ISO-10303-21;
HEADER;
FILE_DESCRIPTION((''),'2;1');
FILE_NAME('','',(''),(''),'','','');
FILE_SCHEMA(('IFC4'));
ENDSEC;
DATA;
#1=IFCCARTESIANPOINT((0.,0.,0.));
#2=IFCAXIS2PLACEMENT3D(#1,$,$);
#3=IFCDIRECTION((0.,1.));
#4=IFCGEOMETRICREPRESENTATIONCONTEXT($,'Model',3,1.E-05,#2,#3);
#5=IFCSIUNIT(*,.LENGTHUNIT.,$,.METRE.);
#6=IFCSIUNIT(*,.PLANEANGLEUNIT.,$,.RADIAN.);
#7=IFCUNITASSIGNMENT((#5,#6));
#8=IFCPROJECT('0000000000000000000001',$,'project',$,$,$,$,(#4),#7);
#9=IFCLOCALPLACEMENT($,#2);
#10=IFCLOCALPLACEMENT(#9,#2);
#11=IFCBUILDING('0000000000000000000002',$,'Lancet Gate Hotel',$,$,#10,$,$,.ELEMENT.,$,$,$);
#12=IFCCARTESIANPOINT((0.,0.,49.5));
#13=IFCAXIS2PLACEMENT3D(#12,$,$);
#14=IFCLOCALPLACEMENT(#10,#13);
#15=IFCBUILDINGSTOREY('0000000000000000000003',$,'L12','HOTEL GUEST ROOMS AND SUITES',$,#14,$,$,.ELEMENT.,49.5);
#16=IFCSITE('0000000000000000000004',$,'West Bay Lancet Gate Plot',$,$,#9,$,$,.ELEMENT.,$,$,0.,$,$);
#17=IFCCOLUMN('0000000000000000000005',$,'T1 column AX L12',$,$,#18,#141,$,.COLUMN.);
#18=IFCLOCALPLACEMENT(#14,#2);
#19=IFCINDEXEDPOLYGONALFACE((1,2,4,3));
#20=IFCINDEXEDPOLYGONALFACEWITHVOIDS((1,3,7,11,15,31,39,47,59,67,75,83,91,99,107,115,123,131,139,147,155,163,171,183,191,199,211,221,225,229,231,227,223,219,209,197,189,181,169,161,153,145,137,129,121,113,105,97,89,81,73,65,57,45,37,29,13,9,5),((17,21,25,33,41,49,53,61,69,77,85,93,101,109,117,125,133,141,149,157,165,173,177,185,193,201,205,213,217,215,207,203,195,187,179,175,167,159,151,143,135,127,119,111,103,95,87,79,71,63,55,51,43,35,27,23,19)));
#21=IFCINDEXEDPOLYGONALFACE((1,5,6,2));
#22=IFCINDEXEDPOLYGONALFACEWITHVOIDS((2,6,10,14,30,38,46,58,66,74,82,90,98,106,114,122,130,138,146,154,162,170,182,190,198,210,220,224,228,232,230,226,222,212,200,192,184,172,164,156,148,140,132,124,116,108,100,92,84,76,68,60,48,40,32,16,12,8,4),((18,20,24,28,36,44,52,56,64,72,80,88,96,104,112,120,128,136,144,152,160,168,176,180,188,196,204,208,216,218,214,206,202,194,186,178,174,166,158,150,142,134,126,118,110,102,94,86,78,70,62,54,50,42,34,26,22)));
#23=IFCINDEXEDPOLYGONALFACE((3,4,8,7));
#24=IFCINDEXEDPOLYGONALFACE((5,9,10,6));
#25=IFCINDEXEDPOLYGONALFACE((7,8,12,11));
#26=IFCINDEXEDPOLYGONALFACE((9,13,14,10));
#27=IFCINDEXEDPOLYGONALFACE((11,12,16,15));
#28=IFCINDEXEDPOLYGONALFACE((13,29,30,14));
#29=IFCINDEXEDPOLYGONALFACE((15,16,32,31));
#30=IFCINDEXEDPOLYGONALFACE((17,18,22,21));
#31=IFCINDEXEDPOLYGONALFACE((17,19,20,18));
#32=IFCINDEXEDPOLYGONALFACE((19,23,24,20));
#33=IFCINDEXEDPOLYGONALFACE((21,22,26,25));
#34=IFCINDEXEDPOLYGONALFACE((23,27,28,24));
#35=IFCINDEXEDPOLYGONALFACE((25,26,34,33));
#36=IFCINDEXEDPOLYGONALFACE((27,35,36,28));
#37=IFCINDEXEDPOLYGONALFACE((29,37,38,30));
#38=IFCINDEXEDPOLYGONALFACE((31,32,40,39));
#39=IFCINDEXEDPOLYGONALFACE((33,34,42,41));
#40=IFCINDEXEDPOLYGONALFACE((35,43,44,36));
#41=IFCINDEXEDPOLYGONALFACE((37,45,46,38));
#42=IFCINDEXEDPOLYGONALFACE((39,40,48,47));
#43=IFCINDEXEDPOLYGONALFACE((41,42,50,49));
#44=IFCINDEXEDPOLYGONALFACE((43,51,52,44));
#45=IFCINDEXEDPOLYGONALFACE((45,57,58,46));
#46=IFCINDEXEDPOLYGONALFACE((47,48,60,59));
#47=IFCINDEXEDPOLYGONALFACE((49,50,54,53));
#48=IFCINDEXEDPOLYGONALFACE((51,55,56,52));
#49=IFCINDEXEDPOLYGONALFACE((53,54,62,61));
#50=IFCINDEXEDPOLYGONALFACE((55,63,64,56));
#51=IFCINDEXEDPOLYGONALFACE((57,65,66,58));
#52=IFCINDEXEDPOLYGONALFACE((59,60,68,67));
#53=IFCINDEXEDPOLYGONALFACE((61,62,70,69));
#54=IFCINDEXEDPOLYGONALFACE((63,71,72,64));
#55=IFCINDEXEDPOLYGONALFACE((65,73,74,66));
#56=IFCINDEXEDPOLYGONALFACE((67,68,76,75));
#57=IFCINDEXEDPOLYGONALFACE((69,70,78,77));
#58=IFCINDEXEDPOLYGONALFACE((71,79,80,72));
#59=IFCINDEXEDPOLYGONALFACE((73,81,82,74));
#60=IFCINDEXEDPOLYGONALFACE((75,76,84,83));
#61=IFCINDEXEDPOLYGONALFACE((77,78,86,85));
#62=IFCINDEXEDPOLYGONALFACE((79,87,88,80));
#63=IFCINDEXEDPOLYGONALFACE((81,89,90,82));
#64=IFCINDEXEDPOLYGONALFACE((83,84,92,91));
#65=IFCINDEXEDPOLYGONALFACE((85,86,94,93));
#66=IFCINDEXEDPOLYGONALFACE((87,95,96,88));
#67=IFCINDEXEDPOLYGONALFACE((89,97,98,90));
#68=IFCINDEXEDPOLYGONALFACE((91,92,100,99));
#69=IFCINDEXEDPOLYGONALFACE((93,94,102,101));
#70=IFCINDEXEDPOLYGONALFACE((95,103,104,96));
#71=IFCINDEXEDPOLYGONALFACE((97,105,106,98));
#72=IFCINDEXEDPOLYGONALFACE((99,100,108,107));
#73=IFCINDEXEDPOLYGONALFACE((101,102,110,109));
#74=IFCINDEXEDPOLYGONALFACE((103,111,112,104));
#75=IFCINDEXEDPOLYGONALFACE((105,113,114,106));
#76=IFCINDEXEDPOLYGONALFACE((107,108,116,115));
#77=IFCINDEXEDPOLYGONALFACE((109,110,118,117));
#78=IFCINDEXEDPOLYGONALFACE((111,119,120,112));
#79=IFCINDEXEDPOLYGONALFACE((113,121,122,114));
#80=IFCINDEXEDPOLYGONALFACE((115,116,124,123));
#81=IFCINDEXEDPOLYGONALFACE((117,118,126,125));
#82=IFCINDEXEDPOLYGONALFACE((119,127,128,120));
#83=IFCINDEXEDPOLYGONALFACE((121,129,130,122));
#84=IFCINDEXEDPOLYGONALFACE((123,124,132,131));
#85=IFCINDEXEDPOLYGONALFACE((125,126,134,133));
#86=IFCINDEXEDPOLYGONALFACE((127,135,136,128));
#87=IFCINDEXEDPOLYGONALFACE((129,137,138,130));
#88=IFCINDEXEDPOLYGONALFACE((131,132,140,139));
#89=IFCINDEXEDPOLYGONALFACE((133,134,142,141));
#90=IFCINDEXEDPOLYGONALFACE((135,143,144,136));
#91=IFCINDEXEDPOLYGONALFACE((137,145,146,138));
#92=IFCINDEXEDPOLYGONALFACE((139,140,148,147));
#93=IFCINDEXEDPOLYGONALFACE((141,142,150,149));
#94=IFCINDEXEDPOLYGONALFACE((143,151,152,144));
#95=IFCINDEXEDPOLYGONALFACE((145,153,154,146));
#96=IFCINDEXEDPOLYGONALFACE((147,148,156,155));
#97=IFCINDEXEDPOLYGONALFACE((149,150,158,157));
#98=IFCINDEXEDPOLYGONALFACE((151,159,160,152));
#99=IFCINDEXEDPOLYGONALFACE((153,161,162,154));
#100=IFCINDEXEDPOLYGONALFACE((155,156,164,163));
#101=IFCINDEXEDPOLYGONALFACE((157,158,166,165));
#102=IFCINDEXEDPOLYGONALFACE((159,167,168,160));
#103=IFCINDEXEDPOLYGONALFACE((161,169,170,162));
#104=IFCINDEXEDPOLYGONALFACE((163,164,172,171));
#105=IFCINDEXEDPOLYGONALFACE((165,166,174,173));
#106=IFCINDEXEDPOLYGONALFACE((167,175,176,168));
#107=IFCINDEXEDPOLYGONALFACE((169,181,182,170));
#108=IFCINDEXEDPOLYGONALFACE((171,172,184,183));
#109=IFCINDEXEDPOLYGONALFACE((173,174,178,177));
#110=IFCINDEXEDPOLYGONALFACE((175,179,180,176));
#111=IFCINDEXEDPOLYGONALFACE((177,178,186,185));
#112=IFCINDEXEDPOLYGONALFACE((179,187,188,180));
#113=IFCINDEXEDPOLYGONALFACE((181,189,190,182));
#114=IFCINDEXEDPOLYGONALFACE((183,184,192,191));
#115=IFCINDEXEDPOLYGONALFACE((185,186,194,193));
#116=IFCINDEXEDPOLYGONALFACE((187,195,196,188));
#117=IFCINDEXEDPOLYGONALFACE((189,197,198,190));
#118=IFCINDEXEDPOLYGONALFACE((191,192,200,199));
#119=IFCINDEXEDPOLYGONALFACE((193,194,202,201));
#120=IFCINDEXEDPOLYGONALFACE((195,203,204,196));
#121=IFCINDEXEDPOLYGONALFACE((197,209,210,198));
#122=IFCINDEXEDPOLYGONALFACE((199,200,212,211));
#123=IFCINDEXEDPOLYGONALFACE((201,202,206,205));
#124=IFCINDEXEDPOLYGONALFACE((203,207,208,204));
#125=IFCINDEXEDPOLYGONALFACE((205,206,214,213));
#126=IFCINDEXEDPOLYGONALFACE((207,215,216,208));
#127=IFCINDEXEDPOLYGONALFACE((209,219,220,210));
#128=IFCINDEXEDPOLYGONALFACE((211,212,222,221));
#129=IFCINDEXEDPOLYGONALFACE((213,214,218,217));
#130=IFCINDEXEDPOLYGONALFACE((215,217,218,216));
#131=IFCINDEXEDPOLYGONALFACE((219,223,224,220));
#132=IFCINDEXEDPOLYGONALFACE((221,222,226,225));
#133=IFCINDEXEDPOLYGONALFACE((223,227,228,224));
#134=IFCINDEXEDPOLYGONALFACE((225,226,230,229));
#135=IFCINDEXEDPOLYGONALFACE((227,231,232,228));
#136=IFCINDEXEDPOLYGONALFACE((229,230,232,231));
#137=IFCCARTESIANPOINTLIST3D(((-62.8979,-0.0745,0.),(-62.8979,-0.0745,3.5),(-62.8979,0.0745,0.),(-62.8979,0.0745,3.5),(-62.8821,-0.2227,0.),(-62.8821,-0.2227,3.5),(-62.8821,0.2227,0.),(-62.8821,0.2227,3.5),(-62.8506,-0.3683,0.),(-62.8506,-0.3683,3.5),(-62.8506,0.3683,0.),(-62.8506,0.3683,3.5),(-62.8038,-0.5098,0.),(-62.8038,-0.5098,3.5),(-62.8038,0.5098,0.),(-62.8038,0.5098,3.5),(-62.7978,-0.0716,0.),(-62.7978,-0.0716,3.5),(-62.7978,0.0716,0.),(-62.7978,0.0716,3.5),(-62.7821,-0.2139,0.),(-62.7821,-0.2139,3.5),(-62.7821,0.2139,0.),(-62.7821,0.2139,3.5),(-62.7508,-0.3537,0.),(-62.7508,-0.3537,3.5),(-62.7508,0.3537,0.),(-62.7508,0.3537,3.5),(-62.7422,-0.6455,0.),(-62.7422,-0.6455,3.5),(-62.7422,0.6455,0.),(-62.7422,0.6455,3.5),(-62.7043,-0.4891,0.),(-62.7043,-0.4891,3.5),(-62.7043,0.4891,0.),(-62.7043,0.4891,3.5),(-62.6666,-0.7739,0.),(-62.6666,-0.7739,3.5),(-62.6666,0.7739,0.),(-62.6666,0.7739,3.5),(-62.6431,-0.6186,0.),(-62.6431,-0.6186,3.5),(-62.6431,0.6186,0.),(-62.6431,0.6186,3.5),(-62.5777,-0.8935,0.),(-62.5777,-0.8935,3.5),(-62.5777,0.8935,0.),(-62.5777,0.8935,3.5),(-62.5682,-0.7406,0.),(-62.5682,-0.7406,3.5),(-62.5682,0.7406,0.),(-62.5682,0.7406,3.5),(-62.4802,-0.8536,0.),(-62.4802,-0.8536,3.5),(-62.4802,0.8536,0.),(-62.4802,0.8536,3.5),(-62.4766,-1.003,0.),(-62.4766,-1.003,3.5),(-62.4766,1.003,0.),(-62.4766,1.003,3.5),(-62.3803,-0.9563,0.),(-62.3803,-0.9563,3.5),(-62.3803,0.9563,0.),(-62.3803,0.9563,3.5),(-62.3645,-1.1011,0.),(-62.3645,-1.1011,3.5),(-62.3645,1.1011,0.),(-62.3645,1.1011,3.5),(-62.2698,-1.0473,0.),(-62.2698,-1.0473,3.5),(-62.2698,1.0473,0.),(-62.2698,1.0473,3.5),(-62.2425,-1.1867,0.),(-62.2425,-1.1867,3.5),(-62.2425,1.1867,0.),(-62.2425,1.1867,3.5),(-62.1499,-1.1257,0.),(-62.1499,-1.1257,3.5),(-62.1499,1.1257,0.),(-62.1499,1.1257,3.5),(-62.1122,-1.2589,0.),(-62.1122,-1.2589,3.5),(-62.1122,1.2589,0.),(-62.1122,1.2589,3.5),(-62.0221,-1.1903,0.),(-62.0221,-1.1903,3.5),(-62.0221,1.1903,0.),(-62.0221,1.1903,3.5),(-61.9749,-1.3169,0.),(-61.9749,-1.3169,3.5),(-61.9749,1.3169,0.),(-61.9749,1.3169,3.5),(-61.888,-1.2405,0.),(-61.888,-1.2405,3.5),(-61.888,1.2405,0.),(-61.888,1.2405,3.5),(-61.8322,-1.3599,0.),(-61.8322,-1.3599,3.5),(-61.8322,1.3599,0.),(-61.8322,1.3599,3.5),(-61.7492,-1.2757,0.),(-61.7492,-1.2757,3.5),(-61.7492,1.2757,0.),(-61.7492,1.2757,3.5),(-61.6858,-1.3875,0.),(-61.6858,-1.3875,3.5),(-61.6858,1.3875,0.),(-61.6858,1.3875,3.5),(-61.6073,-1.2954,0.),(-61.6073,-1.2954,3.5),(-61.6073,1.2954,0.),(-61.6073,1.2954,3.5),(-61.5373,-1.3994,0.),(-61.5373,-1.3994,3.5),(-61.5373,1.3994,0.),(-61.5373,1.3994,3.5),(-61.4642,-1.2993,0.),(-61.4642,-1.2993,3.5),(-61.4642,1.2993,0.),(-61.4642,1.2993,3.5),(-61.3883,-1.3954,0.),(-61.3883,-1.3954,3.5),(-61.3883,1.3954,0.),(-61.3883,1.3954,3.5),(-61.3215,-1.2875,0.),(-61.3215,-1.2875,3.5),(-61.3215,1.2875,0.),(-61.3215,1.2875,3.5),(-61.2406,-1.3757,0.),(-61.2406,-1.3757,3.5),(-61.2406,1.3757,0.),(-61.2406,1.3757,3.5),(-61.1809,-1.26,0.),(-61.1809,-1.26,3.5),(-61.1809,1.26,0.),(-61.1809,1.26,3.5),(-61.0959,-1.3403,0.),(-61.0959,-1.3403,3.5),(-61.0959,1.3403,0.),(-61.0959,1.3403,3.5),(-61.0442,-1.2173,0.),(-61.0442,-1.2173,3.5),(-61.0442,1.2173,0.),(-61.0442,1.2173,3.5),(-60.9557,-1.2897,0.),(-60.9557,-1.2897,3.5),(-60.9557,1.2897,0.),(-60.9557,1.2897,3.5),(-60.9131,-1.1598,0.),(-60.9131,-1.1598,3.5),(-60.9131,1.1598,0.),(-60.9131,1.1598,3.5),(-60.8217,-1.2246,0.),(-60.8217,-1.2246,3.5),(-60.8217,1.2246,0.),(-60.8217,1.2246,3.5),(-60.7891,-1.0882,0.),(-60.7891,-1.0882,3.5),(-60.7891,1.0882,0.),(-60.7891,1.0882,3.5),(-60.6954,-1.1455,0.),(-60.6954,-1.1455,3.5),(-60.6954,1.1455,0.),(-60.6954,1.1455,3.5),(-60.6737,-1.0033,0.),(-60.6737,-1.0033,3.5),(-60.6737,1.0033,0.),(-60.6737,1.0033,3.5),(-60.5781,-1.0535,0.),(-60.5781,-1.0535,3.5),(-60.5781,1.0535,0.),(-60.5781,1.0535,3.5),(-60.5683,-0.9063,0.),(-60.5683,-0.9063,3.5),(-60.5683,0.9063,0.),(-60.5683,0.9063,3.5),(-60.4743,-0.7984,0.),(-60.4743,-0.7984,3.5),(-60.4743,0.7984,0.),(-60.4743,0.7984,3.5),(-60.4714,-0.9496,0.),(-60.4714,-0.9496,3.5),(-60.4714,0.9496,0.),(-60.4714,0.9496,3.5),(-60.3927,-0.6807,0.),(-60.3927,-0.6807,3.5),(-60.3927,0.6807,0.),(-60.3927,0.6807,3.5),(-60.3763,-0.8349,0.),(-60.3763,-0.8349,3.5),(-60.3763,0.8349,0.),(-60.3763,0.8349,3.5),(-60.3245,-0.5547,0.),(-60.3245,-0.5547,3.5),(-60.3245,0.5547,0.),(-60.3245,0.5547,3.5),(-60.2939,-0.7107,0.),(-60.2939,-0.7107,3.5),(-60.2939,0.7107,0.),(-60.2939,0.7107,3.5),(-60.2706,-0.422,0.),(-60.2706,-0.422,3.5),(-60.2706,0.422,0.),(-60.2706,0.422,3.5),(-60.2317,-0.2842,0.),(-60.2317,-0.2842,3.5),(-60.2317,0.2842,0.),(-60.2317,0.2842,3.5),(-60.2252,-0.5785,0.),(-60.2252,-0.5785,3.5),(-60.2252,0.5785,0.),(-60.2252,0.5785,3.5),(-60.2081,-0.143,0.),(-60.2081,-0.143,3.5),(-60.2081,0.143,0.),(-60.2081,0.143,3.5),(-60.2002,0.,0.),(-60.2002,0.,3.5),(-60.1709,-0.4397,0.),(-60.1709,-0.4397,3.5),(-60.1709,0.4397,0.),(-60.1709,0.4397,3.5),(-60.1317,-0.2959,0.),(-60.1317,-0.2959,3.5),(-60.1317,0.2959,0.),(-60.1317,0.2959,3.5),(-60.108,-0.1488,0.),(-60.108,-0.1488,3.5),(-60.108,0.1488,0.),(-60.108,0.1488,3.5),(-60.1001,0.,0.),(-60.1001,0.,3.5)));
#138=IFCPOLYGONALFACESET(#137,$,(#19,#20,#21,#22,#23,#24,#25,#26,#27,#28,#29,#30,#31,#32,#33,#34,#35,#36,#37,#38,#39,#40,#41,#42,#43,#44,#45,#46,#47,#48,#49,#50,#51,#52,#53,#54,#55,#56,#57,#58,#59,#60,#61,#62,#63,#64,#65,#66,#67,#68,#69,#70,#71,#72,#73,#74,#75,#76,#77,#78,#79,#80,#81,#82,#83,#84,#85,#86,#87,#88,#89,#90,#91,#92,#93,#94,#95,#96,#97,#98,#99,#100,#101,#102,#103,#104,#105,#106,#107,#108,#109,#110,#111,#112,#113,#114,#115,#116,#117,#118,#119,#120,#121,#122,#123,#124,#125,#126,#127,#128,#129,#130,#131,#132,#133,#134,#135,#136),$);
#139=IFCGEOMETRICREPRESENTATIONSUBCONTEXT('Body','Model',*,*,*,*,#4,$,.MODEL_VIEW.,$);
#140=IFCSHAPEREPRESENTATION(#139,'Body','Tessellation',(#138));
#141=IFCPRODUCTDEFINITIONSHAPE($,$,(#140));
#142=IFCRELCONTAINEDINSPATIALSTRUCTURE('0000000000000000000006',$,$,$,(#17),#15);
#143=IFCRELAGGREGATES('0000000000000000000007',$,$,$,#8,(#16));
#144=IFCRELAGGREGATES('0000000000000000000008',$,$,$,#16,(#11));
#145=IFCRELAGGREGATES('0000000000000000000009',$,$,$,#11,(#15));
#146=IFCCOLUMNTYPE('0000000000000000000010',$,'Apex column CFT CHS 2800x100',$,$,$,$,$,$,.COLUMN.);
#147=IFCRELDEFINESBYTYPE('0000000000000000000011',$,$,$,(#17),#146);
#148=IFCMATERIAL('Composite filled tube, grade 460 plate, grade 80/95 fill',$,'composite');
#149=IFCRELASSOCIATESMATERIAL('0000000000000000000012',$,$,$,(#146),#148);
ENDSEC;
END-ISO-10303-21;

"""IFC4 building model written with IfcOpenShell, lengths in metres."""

from ifc_helpers import new_model, si_unit, direction, frame, origin, origin_2d, place, context, subcontext, project, spatial, hollow_circle, extrude, material, material_profile, profile_set, type_object, element, save


model = new_model("IFC4")

# Units and contexts
model_context = context("Model", 3, precision=1e-05, world=origin(), true_north=direction((0.0, 1.0)))
body_context = subcontext(model_context, "Body", "Model", "MODEL_VIEW")
ifc_project = project(units=[si_unit("LENGTHUNIT", "METRE"), si_unit("PLANEANGLEUNIT", "RADIAN")], contexts=[model_context])

# Site, building, storey
site_placement = place(None, origin())
site = spatial("IfcSite", under=ifc_project, at=site_placement, Name="West Bay Lancet Gate Plot", CompositionType="ELEMENT", RefElevation=0.0)
building_placement = place(site_placement, origin())
building = spatial("IfcBuilding", under=site, at=building_placement, Name="Lancet Gate Hotel", CompositionType="ELEMENT")
storey_placement = place(building_placement, frame((0.0, 0.0, 49.5)))
storey = spatial("IfcBuildingStorey", under=building, at=storey_placement, Name="L12", Description="HOTEL GUEST ROOMS AND SUITES", CompositionType="ELEMENT", Elevation=49.5)

# Column
ifc_material_1 = material(Name="Composite filled tube, grade 460 plate, grade 80/95 fill", Category="composite")
ifc_material_profile_1 = material_profile(ifc_material_1, hollow_circle(Radius=1.3999, WallThickness=0.1001, at=origin_2d()), Name="CHS 2800x100")
ifc_profile_set_1 = profile_set([ifc_material_profile_1], Name="Composite filled tube, grade 460 plate, grade 80/95 fill")
column_type_1 = type_object("IfcColumnType", Name="Apex column CFT CHS 2800x100", PredefinedType="COLUMN", material=ifc_profile_set_1)
column_1_placement = place(storey_placement, frame((-61.5, 0.0, 0.0), z_axis=(0.0, 0.0, 1.0), x_axis=(1.0, 0.0, 0.0)))
element("IfcColumn", 1, at=column_1_placement, inside=storey, type_object=column_type_1, Name="T1 column AX L12", PredefinedType="COLUMN", context=body_context, shape_type="SweptSolid", body=[
    extrude(hollow_circle(Radius=1.3999, WallThickness=0.1001, at=origin_2d()), origin(), (0.0, 0.0, 1.0), 3.5),
])

save(model, "model.ifc")
